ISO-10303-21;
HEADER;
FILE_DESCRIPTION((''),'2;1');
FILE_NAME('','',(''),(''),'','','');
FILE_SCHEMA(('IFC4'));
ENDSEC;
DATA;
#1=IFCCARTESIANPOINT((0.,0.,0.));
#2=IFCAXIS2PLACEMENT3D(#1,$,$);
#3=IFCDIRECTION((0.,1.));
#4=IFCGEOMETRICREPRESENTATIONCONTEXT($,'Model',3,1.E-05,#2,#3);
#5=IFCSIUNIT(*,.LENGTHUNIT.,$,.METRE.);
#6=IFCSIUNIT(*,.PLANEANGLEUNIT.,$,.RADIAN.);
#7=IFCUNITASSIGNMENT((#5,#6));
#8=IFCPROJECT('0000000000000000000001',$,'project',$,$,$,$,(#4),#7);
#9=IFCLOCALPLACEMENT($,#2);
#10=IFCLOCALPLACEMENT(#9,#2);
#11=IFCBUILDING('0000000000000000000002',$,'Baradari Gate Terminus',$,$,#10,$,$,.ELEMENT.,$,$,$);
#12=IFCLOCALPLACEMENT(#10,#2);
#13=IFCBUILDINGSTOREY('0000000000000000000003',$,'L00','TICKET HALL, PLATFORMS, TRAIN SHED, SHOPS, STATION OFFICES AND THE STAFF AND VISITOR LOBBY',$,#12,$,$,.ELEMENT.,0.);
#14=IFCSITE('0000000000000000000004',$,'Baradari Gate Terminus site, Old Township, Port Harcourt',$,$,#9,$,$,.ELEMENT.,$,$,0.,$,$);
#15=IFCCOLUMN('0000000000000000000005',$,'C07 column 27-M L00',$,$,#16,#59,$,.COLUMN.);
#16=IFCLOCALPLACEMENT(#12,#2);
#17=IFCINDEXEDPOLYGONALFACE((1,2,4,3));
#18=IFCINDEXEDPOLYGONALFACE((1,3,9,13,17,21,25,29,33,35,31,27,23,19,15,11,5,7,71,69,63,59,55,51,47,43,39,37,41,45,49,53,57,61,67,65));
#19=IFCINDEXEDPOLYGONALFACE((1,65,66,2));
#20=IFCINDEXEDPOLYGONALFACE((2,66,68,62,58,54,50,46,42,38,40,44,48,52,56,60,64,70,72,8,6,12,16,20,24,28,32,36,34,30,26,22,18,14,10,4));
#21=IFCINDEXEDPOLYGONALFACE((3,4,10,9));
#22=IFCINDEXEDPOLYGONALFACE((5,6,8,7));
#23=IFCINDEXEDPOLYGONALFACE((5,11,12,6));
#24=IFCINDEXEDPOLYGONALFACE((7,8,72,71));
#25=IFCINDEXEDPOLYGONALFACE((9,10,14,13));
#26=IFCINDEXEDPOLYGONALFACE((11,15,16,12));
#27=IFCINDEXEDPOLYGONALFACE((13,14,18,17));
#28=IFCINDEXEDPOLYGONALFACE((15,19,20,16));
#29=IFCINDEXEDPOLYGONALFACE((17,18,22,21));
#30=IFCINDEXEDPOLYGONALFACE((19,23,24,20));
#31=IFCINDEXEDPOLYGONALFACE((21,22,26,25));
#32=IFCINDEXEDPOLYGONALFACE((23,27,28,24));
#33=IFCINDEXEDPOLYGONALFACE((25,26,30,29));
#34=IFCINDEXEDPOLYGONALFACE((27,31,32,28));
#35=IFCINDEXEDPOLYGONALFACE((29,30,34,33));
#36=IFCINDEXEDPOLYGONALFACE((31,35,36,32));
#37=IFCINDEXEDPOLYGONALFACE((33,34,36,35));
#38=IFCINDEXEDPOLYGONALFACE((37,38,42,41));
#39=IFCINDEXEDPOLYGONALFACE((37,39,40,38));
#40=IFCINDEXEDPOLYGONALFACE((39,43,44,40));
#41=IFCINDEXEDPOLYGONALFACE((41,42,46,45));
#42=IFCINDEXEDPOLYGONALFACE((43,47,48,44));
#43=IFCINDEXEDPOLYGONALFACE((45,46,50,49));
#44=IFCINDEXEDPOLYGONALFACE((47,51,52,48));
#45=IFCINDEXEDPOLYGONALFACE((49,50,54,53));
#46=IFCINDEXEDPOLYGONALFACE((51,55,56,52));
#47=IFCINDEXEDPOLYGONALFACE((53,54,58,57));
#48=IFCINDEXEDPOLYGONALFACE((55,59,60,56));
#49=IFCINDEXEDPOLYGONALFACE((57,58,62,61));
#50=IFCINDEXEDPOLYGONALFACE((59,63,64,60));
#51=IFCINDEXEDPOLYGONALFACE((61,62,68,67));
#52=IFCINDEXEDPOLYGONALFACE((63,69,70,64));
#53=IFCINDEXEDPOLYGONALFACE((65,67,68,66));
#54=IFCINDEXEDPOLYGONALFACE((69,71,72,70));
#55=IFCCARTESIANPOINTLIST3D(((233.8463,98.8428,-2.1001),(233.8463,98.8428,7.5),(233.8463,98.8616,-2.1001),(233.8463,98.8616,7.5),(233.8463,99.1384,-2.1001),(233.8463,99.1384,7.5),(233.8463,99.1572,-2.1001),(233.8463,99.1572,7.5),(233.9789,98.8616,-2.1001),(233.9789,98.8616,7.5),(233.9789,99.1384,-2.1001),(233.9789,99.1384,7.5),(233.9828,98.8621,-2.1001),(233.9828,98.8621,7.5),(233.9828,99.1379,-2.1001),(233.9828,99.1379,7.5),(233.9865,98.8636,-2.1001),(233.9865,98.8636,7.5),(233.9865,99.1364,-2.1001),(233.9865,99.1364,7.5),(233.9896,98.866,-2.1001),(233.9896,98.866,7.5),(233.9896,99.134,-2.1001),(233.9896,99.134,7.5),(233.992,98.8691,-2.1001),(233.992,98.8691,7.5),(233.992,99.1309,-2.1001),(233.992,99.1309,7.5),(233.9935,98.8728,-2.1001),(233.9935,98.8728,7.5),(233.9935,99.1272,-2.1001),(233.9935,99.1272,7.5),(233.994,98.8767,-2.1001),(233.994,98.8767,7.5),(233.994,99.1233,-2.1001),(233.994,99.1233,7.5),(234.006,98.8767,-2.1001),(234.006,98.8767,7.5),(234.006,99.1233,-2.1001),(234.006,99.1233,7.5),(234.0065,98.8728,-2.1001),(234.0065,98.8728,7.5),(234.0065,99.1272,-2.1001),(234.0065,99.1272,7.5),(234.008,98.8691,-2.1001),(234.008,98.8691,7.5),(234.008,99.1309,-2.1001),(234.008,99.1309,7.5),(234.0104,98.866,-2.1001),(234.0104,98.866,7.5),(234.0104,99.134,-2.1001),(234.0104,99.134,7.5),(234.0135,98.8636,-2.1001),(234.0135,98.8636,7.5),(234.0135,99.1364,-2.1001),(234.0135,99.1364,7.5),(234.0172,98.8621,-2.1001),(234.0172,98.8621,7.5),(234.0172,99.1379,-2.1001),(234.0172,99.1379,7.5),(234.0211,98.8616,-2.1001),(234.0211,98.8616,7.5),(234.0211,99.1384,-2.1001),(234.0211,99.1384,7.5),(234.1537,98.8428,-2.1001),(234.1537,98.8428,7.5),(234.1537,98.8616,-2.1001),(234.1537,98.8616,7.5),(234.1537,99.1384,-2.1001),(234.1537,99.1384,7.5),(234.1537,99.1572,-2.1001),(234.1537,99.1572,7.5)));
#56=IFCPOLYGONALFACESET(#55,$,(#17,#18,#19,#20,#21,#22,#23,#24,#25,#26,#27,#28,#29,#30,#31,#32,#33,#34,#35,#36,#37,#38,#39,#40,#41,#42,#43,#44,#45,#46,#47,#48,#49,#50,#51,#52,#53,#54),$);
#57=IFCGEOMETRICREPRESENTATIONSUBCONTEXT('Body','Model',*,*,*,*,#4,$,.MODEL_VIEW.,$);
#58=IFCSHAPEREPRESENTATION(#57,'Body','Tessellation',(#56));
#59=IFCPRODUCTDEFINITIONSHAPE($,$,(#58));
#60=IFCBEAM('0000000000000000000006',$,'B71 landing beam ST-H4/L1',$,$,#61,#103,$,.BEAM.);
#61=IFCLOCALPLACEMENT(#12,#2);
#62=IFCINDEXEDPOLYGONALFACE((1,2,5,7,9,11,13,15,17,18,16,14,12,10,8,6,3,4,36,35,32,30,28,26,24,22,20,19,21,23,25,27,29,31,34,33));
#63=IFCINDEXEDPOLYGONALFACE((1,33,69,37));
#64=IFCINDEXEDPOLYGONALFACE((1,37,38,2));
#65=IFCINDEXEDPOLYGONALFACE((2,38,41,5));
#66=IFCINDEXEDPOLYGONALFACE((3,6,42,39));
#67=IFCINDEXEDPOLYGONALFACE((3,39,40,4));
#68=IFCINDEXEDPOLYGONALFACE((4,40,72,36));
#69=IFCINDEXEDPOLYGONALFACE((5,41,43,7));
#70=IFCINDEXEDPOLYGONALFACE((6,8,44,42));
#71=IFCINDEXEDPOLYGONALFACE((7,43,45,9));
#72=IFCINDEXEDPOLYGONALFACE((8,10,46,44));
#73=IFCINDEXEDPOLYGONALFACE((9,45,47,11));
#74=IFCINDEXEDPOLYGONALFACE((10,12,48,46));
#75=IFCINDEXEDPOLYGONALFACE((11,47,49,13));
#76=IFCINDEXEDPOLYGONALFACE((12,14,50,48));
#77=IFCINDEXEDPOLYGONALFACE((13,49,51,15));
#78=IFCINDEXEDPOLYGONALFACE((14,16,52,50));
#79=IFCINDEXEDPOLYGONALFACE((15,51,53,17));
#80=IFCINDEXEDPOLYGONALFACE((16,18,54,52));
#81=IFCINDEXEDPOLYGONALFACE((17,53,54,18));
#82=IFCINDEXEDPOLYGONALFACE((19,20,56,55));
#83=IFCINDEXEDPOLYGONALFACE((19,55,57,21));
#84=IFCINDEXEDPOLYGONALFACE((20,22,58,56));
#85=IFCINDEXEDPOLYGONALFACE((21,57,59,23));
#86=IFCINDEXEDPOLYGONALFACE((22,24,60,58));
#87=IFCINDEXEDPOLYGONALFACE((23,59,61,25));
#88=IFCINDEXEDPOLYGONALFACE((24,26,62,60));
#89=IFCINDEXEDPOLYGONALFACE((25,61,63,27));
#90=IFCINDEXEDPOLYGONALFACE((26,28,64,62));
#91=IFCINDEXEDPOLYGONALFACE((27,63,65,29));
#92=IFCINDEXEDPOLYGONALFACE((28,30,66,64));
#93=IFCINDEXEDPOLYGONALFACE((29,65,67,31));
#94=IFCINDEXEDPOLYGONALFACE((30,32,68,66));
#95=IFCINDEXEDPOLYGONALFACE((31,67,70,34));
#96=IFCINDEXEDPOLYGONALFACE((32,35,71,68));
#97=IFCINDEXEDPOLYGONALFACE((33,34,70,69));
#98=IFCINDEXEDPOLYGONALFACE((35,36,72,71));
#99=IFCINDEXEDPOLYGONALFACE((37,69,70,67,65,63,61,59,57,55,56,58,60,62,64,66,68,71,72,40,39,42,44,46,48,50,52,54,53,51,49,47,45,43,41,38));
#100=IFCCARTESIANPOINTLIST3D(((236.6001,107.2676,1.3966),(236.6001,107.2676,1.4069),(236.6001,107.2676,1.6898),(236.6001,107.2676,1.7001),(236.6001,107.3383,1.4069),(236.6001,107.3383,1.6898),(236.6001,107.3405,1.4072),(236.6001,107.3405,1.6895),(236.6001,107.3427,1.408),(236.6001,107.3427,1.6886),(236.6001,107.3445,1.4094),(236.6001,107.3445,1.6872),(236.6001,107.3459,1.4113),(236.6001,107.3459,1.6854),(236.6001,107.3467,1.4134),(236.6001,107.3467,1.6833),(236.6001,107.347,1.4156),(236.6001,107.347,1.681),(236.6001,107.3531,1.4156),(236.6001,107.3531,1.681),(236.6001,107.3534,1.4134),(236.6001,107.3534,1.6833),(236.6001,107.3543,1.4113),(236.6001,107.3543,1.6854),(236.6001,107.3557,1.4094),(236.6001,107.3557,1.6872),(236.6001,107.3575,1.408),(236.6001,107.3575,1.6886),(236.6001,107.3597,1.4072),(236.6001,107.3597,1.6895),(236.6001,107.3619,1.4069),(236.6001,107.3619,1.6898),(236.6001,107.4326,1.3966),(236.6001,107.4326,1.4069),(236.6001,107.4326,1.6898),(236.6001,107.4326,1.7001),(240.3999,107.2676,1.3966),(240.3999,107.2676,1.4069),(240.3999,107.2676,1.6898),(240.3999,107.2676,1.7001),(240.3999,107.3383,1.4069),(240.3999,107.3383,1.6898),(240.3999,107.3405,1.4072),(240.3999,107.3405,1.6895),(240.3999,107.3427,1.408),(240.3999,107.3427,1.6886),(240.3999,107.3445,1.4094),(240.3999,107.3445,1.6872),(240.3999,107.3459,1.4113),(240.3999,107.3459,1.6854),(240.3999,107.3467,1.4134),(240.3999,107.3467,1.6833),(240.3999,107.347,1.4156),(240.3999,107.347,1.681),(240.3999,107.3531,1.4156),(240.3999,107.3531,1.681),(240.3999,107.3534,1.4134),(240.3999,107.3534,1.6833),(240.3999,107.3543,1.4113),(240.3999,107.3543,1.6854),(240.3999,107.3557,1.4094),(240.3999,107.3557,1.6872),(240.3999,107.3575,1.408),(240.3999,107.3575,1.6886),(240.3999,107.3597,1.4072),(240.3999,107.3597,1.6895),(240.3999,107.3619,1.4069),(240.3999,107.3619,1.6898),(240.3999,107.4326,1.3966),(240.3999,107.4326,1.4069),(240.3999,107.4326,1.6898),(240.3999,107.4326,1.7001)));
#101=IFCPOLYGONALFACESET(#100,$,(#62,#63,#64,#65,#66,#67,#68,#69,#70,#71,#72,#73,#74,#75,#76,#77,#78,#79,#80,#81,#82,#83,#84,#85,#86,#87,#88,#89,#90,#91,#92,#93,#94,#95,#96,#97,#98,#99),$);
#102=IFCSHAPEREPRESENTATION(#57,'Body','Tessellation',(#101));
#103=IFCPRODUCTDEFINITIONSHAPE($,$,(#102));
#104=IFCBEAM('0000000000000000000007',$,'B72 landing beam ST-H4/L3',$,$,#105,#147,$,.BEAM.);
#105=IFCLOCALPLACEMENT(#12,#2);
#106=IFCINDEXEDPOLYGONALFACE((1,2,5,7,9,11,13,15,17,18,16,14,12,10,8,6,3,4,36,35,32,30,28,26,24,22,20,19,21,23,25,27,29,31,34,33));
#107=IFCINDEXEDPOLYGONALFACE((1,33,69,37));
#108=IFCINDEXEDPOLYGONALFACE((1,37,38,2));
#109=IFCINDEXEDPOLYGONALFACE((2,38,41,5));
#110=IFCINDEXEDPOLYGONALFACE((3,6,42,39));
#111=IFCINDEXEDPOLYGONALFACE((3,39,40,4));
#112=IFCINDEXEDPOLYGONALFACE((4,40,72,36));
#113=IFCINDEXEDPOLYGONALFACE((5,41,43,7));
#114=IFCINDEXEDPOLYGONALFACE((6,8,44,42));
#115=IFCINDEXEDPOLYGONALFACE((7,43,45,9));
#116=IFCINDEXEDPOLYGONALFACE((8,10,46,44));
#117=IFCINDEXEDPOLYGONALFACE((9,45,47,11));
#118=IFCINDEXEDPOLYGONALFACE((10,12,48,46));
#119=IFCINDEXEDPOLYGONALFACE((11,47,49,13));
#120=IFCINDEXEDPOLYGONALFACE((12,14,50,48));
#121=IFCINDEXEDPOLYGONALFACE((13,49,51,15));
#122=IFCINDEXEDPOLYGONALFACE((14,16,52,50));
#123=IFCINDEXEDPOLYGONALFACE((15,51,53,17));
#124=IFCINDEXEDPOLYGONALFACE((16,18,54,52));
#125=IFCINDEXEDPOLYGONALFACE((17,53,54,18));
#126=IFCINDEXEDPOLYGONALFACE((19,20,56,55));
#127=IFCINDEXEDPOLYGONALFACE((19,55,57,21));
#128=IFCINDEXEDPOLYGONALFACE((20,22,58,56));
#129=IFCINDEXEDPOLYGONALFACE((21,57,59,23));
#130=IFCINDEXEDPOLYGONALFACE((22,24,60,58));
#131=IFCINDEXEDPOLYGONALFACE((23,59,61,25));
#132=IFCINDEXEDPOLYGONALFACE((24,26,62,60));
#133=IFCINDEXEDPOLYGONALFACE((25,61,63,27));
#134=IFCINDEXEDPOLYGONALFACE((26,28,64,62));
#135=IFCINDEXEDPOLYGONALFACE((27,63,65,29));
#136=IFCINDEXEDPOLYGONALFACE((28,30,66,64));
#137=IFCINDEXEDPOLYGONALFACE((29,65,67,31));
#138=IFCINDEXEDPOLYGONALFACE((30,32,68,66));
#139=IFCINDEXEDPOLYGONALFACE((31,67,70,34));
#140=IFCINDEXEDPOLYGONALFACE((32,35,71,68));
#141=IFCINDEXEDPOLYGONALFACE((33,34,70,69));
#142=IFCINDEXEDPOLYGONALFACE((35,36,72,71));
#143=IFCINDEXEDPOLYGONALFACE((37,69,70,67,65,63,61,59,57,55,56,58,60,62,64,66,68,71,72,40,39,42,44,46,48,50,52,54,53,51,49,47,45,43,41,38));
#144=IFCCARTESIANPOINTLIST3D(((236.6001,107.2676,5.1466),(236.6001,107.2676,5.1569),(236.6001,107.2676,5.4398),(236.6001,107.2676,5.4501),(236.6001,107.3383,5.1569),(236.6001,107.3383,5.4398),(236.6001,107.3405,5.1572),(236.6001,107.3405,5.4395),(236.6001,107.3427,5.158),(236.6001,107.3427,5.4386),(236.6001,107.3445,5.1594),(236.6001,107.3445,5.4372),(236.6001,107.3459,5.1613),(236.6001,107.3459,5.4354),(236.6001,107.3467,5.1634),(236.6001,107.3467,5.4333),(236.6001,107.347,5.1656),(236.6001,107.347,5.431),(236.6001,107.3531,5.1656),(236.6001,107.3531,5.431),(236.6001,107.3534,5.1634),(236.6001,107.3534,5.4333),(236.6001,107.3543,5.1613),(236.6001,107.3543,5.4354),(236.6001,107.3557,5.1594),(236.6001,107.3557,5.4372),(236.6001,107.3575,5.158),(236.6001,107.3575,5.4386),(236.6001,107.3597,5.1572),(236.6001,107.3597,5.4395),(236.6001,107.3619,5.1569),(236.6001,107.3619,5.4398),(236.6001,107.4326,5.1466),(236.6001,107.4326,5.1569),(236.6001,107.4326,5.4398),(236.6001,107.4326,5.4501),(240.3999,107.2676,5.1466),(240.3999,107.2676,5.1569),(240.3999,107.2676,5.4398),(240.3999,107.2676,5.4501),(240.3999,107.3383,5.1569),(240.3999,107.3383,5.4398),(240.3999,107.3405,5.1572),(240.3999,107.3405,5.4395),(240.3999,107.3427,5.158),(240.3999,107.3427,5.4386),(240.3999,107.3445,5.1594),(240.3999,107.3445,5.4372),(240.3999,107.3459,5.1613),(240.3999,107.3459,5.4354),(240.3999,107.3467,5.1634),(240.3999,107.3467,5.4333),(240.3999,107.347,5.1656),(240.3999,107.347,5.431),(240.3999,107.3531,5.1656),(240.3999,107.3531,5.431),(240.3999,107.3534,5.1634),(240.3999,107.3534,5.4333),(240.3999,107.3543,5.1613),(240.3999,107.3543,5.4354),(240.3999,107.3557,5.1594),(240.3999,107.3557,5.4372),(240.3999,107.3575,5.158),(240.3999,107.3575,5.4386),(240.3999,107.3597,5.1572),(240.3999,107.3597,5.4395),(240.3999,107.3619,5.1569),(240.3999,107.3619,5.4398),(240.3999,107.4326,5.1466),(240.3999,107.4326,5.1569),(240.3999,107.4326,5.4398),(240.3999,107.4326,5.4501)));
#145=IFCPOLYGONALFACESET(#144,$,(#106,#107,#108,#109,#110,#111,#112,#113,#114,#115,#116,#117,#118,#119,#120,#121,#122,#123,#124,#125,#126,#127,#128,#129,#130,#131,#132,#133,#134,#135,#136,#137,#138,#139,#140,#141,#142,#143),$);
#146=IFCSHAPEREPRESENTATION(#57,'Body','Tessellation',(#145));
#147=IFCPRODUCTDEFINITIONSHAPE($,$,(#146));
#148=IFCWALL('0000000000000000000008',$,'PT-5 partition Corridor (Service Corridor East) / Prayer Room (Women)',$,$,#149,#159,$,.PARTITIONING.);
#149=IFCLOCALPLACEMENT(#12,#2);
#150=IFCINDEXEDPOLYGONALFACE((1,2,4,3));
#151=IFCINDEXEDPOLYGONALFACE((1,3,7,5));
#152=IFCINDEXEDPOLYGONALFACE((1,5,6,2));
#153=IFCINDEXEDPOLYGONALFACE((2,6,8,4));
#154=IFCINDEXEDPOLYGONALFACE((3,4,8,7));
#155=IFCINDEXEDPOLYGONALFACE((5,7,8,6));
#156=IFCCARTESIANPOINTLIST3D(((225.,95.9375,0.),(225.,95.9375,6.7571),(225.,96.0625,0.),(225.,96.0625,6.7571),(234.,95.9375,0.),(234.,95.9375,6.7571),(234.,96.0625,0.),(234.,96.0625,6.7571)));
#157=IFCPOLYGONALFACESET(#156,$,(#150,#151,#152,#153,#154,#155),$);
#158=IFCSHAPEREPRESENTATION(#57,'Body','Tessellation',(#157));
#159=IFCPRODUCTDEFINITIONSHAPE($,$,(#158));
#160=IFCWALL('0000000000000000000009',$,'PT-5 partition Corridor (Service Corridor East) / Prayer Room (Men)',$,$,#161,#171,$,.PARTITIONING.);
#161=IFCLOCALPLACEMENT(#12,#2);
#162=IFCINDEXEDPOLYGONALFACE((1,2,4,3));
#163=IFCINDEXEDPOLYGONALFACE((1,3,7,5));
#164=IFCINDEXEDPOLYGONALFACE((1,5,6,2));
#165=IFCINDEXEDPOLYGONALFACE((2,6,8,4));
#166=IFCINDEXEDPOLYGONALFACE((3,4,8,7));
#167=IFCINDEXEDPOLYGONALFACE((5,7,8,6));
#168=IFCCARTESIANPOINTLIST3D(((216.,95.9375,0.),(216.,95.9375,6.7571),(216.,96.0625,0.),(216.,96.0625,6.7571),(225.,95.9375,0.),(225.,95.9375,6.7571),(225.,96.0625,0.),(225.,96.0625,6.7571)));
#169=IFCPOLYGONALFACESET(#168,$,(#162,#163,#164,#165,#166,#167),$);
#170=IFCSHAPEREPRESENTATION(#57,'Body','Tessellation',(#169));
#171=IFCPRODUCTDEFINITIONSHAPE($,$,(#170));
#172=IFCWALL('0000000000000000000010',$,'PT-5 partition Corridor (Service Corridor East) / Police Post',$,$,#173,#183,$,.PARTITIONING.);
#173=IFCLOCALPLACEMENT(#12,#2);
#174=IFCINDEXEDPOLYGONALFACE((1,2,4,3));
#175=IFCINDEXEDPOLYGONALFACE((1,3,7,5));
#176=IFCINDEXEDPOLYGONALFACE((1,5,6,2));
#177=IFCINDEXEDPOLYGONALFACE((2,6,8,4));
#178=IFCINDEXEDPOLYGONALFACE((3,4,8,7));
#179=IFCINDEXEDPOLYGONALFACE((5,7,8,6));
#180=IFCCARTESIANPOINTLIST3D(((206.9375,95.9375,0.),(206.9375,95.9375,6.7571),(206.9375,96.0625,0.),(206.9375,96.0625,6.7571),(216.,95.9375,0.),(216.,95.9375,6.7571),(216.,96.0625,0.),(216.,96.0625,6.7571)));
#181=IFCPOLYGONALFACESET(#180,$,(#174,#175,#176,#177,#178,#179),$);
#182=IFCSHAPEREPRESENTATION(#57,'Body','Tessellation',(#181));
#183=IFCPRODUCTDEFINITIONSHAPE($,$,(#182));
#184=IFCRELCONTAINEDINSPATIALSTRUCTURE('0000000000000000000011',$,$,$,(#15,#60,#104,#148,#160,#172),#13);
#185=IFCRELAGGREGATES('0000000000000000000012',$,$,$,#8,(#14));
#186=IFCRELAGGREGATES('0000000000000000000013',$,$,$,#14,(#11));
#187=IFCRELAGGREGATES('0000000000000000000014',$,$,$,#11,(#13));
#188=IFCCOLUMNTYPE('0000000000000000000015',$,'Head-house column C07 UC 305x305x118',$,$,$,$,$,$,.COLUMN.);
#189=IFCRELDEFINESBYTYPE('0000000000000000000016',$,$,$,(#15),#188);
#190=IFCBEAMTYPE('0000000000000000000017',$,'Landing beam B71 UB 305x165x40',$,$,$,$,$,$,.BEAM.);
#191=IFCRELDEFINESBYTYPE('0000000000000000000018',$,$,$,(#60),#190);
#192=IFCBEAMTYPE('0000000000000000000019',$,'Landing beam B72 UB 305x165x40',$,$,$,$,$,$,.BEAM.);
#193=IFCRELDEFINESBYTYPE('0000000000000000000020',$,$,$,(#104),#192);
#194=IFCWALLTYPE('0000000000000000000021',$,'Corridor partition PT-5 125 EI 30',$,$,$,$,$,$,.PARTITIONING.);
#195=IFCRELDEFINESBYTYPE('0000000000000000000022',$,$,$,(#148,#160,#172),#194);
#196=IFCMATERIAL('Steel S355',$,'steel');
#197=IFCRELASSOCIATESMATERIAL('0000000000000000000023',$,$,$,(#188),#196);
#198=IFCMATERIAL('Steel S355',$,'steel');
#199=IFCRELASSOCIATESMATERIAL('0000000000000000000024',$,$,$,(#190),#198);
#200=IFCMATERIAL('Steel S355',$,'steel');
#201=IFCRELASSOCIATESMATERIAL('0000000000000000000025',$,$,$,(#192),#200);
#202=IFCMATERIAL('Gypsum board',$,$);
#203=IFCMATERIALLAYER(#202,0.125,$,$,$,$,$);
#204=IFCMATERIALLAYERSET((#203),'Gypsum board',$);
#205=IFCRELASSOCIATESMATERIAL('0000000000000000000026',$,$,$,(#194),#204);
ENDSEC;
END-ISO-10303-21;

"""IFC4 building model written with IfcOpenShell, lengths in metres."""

from ifc_helpers import new_model, si_unit, direction, frame, frame_2d, origin, origin_2d, place, context, subcontext, project, spatial, rectangle, i_section, extrude, material, layer, layer_set, material_profile, profile_set, type_object, element, save


model = new_model("IFC4")

# Units and contexts
model_context = context("Model", 3, precision=1e-05, world=origin(), true_north=direction((0.0, 1.0)))
body_context = subcontext(model_context, "Body", "Model", "MODEL_VIEW")
ifc_project = project(units=[si_unit("LENGTHUNIT", "METRE"), si_unit("PLANEANGLEUNIT", "RADIAN")], contexts=[model_context])

# Site, building, storey
site_placement = place(None, origin())
site = spatial("IfcSite", under=ifc_project, at=site_placement, Name="Baradari Gate Terminus site, Old Township, Port Harcourt", CompositionType="ELEMENT", RefElevation=0.0)
building_placement = place(site_placement, origin())
building = spatial("IfcBuilding", under=site, at=building_placement, Name="Baradari Gate Terminus", CompositionType="ELEMENT")
storey_placement = place(building_placement, origin())
storey = spatial("IfcBuildingStorey", under=building, at=storey_placement, Name="L00", Description="TICKET HALL, PLATFORMS, TRAIN SHED, SHOPS, STATION OFFICES AND THE STAFF AND VISITOR LOBBY", CompositionType="ELEMENT", Elevation=0.0)

# Column
ifc_material_1 = material(Name="Steel S355", Category="steel")
ifc_material_profile_1 = material_profile(ifc_material_1, i_section(OverallWidth=0.3074, OverallDepth=0.3145, WebThickness=0.012, FlangeThickness=0.0188, FilletRadius=0.0151, at=origin_2d()), Name="UC 305x305x118")
ifc_profile_set_1 = profile_set([ifc_material_profile_1], Name="Steel S355")
column_type = type_object("IfcColumnType", Name="Head-house column C07 UC 305x305x118", PredefinedType="COLUMN", material=ifc_profile_set_1)
for number, where, z_axis, x_axis, name in (
    (1, (234.0, 99.0, -2.1001), (0.0, 0.0, 1.0), (1.0, 0.0, 0.0), "C07 column 27-M L00"),
):
    element("IfcColumn", number, at=place(storey_placement, frame(where, z_axis=z_axis, x_axis=x_axis)), inside=storey, type_object=column_type, Name=name, PredefinedType="COLUMN", context=body_context, shape_type="SweptSolid", body=[
        extrude(i_section(OverallWidth=0.3074, OverallDepth=0.3145, WebThickness=0.012, FlangeThickness=0.0188, FilletRadius=0.0151, at=origin_2d()), origin(), (0.0, 0.0, 1.0), 9.6001),
    ])

# Beams
ifc_material_2 = material(Name="Steel S355", Category="steel")
ifc_material_profile_2 = material_profile(ifc_material_2, i_section(OverallWidth=0.165, OverallDepth=0.3035, WebThickness=0.0061, FlangeThickness=0.0103, FilletRadius=0.0088, at=origin_2d()), Name="UB 305x165x40")
ifc_profile_set_2 = profile_set([ifc_material_profile_2], Name="Steel S355")
beam_type_1 = type_object("IfcBeamType", Name="Landing beam B71 UB 305x165x40", PredefinedType="BEAM", material=ifc_profile_set_2)
beam_1_placement = place(storey_placement, frame((236.6001, 107.3501, 1.5483), z_axis=(1.0, 0.0, 0.0), x_axis=(0.0, 1.0, 0.0)))
element("IfcBeam", 2, at=beam_1_placement, inside=storey, type_object=beam_type_1, Name="B71 landing beam ST-H4/L1", PredefinedType="BEAM", context=body_context, shape_type="SweptSolid", body=[
    extrude(i_section(OverallWidth=0.165, OverallDepth=0.3035, WebThickness=0.0061, FlangeThickness=0.0103, FilletRadius=0.0088, at=origin_2d()), origin(), (0.0, 0.0, 1.0), 3.7998),
])
ifc_material_3 = material(Name="Steel S355", Category="steel")
ifc_material_profile_3 = material_profile(ifc_material_3, i_section(OverallWidth=0.165, OverallDepth=0.3035, WebThickness=0.0061, FlangeThickness=0.0103, FilletRadius=0.0088, at=origin_2d()), Name="UB 305x165x40")
ifc_profile_set_3 = profile_set([ifc_material_profile_3], Name="Steel S355")
beam_type_2 = type_object("IfcBeamType", Name="Landing beam B72 UB 305x165x40", PredefinedType="BEAM", material=ifc_profile_set_3)
beam_2_placement = place(storey_placement, frame((236.6001, 107.3501, 5.2983), z_axis=(1.0, 0.0, 0.0), x_axis=(0.0, 1.0, 0.0)))
element("IfcBeam", 3, at=beam_2_placement, inside=storey, type_object=beam_type_2, Name="B72 landing beam ST-H4/L3", PredefinedType="BEAM", context=body_context, shape_type="SweptSolid", body=[
    extrude(i_section(OverallWidth=0.165, OverallDepth=0.3035, WebThickness=0.0061, FlangeThickness=0.0103, FilletRadius=0.0088, at=origin_2d()), origin(), (0.0, 0.0, 1.0), 3.7998),
])

# Walls
ifc_material_4 = material(Name="Gypsum board")
ifc_layer_1 = layer(ifc_material_4, 0.125)
ifc_layer_set_1 = layer_set([ifc_layer_1], Name="Gypsum board")
wall_type_1 = type_object("IfcWallType", Name="Corridor partition PT-5 125 EI 30", PredefinedType="PARTITIONING", material=ifc_layer_set_1)
for number, where, z_axis, x_axis, name in (
    (4, (234.0, 96.0, 0.0), (0.0, 0.0, 1.0), (-1.0, 0.0, 0.0), "PT-5 partition Corridor (Service Corridor East) / Prayer Room (Women)"),
    (5, (225.0, 96.0, 0.0), (0.0, 0.0, 1.0), (-1.0, 0.0, 0.0), "PT-5 partition Corridor (Service Corridor East) / Prayer Room (Men)"),
):
    element("IfcWall", number, at=place(storey_placement, frame(where, z_axis=z_axis, x_axis=x_axis)), inside=storey, type_object=wall_type_1, Name=name, PredefinedType="PARTITIONING", context=body_context, shape_type="SweptSolid", body=[
        extrude(rectangle(XDim=9.0, YDim=0.125, at=frame_2d((4.5, 0.0))), origin(), (0.0, 0.0, 1.0), 6.7571),
    ])
wall_1_placement = place(storey_placement, frame((216.0, 96.0, 0.0), z_axis=(0.0, 0.0, 1.0), x_axis=(-1.0, 0.0, 0.0)))
element("IfcWall", 6, at=wall_1_placement, inside=storey, type_object=wall_type_1, Name="PT-5 partition Corridor (Service Corridor East) / Police Post", PredefinedType="PARTITIONING", context=body_context, shape_type="SweptSolid", body=[
    extrude(rectangle(XDim=9.0625, YDim=0.125, at=frame_2d((4.5312, 0.0))), origin(), (0.0, 0.0, 1.0), 6.7571),
])

save(model, "model.ifc")
